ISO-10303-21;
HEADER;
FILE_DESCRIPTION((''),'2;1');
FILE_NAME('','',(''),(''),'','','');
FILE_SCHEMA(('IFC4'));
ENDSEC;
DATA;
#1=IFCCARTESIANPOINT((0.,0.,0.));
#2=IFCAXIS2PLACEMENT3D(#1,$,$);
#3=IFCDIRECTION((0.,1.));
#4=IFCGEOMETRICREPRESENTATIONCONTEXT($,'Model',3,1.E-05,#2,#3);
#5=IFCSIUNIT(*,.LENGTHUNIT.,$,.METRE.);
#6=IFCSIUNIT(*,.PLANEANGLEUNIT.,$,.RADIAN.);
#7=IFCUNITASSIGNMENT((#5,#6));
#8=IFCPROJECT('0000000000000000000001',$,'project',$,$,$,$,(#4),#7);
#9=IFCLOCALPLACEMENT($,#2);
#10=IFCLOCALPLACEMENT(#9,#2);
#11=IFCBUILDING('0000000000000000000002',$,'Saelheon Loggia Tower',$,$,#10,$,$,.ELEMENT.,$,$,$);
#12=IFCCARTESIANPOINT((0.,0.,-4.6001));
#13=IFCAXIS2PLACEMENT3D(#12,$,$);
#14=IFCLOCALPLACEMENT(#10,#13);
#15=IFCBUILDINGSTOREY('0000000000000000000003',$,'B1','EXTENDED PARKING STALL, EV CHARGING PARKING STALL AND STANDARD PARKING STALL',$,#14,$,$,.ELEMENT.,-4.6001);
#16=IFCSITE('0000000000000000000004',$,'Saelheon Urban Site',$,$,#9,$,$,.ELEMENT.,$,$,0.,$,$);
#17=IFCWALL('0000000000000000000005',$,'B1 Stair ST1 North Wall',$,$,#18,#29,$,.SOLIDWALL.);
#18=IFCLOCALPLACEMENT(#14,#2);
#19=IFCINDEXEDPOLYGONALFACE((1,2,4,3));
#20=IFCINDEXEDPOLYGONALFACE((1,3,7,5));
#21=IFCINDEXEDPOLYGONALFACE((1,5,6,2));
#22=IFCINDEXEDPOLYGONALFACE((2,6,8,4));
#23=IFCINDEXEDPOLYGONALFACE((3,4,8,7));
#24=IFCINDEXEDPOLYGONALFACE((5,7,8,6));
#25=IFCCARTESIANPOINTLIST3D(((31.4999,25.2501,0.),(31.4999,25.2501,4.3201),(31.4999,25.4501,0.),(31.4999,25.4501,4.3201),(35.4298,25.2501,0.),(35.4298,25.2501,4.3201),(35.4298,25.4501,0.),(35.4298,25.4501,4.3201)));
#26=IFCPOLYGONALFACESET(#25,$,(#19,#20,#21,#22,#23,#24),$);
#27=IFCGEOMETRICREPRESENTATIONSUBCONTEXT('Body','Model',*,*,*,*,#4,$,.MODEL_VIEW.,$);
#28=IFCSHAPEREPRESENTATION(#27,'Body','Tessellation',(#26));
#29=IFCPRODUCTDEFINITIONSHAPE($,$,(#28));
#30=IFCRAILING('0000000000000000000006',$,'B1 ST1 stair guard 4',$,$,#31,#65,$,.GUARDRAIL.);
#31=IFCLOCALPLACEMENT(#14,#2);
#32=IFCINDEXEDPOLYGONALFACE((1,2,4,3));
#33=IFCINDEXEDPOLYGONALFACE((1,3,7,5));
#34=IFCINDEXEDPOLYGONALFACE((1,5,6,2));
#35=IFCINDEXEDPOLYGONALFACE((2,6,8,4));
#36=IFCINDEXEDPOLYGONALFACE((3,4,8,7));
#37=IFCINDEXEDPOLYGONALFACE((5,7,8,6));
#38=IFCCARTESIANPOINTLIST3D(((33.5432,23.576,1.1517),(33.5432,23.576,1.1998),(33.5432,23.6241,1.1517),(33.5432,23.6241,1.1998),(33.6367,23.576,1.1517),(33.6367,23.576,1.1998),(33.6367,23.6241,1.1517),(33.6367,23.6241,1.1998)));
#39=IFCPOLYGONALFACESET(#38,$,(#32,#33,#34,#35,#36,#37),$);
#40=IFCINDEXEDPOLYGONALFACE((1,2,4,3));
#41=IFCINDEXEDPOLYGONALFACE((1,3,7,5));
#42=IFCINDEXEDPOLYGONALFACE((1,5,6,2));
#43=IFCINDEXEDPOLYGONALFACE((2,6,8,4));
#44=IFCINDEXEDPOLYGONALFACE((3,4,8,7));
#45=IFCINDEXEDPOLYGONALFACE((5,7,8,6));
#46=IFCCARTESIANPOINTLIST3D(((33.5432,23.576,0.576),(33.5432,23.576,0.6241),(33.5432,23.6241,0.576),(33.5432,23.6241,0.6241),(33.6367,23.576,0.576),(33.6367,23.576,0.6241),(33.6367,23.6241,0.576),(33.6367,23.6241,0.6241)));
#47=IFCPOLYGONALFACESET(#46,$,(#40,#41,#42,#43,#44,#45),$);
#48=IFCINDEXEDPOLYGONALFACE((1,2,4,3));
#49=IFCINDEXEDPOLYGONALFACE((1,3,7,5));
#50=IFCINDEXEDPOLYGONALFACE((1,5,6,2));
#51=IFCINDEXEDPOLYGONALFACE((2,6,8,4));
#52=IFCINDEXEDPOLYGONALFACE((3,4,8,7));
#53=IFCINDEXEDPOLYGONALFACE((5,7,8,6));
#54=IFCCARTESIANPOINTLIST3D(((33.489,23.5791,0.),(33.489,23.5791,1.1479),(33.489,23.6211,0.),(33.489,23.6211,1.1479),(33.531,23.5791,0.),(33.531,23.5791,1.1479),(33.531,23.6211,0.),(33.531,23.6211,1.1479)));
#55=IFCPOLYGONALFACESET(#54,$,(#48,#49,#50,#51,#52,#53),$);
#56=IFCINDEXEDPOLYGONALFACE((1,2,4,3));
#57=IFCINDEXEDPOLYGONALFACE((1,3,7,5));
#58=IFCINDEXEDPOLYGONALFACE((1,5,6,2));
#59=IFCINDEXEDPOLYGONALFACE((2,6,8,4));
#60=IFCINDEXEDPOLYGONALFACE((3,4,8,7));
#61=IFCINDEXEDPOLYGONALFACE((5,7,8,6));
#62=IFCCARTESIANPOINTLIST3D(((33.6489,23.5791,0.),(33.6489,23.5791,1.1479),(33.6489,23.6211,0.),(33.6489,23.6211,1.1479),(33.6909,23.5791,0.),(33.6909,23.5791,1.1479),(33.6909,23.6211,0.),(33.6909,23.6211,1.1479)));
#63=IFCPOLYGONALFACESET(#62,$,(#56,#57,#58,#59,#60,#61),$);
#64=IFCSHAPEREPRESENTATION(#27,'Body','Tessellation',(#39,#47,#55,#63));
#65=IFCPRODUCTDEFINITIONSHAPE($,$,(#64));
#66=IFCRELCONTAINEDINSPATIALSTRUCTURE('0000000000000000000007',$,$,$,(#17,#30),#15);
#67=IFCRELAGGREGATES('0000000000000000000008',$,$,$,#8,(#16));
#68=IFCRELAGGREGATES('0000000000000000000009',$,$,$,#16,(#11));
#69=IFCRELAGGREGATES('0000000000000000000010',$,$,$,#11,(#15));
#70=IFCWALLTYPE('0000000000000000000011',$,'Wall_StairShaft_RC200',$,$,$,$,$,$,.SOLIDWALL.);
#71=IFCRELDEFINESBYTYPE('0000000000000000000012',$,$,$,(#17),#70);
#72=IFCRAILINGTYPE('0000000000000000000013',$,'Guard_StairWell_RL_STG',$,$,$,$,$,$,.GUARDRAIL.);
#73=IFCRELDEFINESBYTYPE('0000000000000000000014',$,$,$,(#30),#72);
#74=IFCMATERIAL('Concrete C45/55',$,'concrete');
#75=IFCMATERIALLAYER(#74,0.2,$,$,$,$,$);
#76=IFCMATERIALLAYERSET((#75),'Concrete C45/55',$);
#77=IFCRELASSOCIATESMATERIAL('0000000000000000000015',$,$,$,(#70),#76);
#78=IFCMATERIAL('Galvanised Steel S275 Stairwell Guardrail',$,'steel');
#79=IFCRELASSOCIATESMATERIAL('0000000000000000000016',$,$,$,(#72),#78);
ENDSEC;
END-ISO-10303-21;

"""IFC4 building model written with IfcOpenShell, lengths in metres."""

from ifc_helpers import new_model, si_unit, direction, frame, frame_2d, origin, origin_2d, place, context, subcontext, project, spatial, rectangle, extrude, material, layer, layer_set, type_object, element, save


model = new_model("IFC4")

# Units and contexts
model_context = context("Model", 3, precision=1e-05, world=origin(), true_north=direction((0.0, 1.0)))
body_context = subcontext(model_context, "Body", "Model", "MODEL_VIEW")
ifc_project = project(units=[si_unit("LENGTHUNIT", "METRE"), si_unit("PLANEANGLEUNIT", "RADIAN")], contexts=[model_context])

# Site, building, storey
site_placement = place(None, origin())
site = spatial("IfcSite", under=ifc_project, at=site_placement, Name="Saelheon Urban Site", CompositionType="ELEMENT", RefElevation=0.0)
building_placement = place(site_placement, origin())
building = spatial("IfcBuilding", under=site, at=building_placement, Name="Saelheon Loggia Tower", CompositionType="ELEMENT")
storey_placement = place(building_placement, frame((0.0, 0.0, -4.6001)))
storey = spatial("IfcBuildingStorey", under=building, at=storey_placement, Name="B1", Description="EXTENDED PARKING STALL, EV CHARGING PARKING STALL AND STANDARD PARKING STALL", CompositionType="ELEMENT", Elevation=-4.6001)

# Shared definitions
ifc_material_1 = material(Name="Concrete C45/55", Category="concrete")

# Wall
ifc_layer_1 = layer(ifc_material_1, 0.2)
ifc_layer_set_1 = layer_set([ifc_layer_1], Name="Concrete C45/55")
wall_type_1 = type_object("IfcWallType", Name="Wall_StairShaft_RC200", PredefinedType="SOLIDWALL", material=ifc_layer_set_1)
wall_1_placement = place(storey_placement, frame((31.5, 25.3501, 0.0), z_axis=(0.0, 0.0, 1.0), x_axis=(1.0, 0.0, 0.0)))
element("IfcWall", 1, at=wall_1_placement, inside=storey, type_object=wall_type_1, Name="B1 Stair ST1 North Wall", PredefinedType="SOLIDWALL", context=body_context, shape_type="SweptSolid", body=[
    extrude(rectangle(XDim=3.9299, YDim=0.2, at=frame_2d((1.9648, 0.0))), origin(), (0.0, 0.0, 1.0), 4.3201),
])

# Railing
ifc_material_2 = material(Name="Galvanised Steel S275 Stairwell Guardrail", Category="steel")
railing_type = type_object("IfcRailingType", Name="Guard_StairWell_RL_STG", PredefinedType="GUARDRAIL", material=ifc_material_2)
railing_placement = place(storey_placement, frame((33.51, 23.6001, 0.0)))
element("IfcRailing", 2, at=railing_placement, inside=storey, type_object=railing_type, Name="B1 ST1 stair guard 4", PredefinedType="GUARDRAIL", context=body_context, shape_type="SweptSolid", body=[
    extrude(rectangle(XDim=0.0481, YDim=0.0481, at=origin_2d()), frame((0.0332, 0.0, 1.1758), z_axis=(1.0, 0.0, 0.0), x_axis=(0.0, 1.0, 0.0)), (0.0, 0.0, 1.0), 0.0935),
    extrude(rectangle(XDim=0.0481, YDim=0.0481, at=origin_2d()), frame((0.0332, 0.0, 0.6001), z_axis=(1.0, 0.0, 0.0), x_axis=(0.0, 1.0, 0.0)), (0.0, 0.0, 1.0), 0.0935),
    extrude(rectangle(XDim=0.042, YDim=0.042, at=origin_2d()), origin(), (0.0, 0.0, 1.0), 1.1479),
    extrude(rectangle(XDim=0.042, YDim=0.042, at=origin_2d()), frame((0.1599, 0.0, 0.0)), (0.0, 0.0, 1.0), 1.1479),
])

save(model, "model.ifc")
